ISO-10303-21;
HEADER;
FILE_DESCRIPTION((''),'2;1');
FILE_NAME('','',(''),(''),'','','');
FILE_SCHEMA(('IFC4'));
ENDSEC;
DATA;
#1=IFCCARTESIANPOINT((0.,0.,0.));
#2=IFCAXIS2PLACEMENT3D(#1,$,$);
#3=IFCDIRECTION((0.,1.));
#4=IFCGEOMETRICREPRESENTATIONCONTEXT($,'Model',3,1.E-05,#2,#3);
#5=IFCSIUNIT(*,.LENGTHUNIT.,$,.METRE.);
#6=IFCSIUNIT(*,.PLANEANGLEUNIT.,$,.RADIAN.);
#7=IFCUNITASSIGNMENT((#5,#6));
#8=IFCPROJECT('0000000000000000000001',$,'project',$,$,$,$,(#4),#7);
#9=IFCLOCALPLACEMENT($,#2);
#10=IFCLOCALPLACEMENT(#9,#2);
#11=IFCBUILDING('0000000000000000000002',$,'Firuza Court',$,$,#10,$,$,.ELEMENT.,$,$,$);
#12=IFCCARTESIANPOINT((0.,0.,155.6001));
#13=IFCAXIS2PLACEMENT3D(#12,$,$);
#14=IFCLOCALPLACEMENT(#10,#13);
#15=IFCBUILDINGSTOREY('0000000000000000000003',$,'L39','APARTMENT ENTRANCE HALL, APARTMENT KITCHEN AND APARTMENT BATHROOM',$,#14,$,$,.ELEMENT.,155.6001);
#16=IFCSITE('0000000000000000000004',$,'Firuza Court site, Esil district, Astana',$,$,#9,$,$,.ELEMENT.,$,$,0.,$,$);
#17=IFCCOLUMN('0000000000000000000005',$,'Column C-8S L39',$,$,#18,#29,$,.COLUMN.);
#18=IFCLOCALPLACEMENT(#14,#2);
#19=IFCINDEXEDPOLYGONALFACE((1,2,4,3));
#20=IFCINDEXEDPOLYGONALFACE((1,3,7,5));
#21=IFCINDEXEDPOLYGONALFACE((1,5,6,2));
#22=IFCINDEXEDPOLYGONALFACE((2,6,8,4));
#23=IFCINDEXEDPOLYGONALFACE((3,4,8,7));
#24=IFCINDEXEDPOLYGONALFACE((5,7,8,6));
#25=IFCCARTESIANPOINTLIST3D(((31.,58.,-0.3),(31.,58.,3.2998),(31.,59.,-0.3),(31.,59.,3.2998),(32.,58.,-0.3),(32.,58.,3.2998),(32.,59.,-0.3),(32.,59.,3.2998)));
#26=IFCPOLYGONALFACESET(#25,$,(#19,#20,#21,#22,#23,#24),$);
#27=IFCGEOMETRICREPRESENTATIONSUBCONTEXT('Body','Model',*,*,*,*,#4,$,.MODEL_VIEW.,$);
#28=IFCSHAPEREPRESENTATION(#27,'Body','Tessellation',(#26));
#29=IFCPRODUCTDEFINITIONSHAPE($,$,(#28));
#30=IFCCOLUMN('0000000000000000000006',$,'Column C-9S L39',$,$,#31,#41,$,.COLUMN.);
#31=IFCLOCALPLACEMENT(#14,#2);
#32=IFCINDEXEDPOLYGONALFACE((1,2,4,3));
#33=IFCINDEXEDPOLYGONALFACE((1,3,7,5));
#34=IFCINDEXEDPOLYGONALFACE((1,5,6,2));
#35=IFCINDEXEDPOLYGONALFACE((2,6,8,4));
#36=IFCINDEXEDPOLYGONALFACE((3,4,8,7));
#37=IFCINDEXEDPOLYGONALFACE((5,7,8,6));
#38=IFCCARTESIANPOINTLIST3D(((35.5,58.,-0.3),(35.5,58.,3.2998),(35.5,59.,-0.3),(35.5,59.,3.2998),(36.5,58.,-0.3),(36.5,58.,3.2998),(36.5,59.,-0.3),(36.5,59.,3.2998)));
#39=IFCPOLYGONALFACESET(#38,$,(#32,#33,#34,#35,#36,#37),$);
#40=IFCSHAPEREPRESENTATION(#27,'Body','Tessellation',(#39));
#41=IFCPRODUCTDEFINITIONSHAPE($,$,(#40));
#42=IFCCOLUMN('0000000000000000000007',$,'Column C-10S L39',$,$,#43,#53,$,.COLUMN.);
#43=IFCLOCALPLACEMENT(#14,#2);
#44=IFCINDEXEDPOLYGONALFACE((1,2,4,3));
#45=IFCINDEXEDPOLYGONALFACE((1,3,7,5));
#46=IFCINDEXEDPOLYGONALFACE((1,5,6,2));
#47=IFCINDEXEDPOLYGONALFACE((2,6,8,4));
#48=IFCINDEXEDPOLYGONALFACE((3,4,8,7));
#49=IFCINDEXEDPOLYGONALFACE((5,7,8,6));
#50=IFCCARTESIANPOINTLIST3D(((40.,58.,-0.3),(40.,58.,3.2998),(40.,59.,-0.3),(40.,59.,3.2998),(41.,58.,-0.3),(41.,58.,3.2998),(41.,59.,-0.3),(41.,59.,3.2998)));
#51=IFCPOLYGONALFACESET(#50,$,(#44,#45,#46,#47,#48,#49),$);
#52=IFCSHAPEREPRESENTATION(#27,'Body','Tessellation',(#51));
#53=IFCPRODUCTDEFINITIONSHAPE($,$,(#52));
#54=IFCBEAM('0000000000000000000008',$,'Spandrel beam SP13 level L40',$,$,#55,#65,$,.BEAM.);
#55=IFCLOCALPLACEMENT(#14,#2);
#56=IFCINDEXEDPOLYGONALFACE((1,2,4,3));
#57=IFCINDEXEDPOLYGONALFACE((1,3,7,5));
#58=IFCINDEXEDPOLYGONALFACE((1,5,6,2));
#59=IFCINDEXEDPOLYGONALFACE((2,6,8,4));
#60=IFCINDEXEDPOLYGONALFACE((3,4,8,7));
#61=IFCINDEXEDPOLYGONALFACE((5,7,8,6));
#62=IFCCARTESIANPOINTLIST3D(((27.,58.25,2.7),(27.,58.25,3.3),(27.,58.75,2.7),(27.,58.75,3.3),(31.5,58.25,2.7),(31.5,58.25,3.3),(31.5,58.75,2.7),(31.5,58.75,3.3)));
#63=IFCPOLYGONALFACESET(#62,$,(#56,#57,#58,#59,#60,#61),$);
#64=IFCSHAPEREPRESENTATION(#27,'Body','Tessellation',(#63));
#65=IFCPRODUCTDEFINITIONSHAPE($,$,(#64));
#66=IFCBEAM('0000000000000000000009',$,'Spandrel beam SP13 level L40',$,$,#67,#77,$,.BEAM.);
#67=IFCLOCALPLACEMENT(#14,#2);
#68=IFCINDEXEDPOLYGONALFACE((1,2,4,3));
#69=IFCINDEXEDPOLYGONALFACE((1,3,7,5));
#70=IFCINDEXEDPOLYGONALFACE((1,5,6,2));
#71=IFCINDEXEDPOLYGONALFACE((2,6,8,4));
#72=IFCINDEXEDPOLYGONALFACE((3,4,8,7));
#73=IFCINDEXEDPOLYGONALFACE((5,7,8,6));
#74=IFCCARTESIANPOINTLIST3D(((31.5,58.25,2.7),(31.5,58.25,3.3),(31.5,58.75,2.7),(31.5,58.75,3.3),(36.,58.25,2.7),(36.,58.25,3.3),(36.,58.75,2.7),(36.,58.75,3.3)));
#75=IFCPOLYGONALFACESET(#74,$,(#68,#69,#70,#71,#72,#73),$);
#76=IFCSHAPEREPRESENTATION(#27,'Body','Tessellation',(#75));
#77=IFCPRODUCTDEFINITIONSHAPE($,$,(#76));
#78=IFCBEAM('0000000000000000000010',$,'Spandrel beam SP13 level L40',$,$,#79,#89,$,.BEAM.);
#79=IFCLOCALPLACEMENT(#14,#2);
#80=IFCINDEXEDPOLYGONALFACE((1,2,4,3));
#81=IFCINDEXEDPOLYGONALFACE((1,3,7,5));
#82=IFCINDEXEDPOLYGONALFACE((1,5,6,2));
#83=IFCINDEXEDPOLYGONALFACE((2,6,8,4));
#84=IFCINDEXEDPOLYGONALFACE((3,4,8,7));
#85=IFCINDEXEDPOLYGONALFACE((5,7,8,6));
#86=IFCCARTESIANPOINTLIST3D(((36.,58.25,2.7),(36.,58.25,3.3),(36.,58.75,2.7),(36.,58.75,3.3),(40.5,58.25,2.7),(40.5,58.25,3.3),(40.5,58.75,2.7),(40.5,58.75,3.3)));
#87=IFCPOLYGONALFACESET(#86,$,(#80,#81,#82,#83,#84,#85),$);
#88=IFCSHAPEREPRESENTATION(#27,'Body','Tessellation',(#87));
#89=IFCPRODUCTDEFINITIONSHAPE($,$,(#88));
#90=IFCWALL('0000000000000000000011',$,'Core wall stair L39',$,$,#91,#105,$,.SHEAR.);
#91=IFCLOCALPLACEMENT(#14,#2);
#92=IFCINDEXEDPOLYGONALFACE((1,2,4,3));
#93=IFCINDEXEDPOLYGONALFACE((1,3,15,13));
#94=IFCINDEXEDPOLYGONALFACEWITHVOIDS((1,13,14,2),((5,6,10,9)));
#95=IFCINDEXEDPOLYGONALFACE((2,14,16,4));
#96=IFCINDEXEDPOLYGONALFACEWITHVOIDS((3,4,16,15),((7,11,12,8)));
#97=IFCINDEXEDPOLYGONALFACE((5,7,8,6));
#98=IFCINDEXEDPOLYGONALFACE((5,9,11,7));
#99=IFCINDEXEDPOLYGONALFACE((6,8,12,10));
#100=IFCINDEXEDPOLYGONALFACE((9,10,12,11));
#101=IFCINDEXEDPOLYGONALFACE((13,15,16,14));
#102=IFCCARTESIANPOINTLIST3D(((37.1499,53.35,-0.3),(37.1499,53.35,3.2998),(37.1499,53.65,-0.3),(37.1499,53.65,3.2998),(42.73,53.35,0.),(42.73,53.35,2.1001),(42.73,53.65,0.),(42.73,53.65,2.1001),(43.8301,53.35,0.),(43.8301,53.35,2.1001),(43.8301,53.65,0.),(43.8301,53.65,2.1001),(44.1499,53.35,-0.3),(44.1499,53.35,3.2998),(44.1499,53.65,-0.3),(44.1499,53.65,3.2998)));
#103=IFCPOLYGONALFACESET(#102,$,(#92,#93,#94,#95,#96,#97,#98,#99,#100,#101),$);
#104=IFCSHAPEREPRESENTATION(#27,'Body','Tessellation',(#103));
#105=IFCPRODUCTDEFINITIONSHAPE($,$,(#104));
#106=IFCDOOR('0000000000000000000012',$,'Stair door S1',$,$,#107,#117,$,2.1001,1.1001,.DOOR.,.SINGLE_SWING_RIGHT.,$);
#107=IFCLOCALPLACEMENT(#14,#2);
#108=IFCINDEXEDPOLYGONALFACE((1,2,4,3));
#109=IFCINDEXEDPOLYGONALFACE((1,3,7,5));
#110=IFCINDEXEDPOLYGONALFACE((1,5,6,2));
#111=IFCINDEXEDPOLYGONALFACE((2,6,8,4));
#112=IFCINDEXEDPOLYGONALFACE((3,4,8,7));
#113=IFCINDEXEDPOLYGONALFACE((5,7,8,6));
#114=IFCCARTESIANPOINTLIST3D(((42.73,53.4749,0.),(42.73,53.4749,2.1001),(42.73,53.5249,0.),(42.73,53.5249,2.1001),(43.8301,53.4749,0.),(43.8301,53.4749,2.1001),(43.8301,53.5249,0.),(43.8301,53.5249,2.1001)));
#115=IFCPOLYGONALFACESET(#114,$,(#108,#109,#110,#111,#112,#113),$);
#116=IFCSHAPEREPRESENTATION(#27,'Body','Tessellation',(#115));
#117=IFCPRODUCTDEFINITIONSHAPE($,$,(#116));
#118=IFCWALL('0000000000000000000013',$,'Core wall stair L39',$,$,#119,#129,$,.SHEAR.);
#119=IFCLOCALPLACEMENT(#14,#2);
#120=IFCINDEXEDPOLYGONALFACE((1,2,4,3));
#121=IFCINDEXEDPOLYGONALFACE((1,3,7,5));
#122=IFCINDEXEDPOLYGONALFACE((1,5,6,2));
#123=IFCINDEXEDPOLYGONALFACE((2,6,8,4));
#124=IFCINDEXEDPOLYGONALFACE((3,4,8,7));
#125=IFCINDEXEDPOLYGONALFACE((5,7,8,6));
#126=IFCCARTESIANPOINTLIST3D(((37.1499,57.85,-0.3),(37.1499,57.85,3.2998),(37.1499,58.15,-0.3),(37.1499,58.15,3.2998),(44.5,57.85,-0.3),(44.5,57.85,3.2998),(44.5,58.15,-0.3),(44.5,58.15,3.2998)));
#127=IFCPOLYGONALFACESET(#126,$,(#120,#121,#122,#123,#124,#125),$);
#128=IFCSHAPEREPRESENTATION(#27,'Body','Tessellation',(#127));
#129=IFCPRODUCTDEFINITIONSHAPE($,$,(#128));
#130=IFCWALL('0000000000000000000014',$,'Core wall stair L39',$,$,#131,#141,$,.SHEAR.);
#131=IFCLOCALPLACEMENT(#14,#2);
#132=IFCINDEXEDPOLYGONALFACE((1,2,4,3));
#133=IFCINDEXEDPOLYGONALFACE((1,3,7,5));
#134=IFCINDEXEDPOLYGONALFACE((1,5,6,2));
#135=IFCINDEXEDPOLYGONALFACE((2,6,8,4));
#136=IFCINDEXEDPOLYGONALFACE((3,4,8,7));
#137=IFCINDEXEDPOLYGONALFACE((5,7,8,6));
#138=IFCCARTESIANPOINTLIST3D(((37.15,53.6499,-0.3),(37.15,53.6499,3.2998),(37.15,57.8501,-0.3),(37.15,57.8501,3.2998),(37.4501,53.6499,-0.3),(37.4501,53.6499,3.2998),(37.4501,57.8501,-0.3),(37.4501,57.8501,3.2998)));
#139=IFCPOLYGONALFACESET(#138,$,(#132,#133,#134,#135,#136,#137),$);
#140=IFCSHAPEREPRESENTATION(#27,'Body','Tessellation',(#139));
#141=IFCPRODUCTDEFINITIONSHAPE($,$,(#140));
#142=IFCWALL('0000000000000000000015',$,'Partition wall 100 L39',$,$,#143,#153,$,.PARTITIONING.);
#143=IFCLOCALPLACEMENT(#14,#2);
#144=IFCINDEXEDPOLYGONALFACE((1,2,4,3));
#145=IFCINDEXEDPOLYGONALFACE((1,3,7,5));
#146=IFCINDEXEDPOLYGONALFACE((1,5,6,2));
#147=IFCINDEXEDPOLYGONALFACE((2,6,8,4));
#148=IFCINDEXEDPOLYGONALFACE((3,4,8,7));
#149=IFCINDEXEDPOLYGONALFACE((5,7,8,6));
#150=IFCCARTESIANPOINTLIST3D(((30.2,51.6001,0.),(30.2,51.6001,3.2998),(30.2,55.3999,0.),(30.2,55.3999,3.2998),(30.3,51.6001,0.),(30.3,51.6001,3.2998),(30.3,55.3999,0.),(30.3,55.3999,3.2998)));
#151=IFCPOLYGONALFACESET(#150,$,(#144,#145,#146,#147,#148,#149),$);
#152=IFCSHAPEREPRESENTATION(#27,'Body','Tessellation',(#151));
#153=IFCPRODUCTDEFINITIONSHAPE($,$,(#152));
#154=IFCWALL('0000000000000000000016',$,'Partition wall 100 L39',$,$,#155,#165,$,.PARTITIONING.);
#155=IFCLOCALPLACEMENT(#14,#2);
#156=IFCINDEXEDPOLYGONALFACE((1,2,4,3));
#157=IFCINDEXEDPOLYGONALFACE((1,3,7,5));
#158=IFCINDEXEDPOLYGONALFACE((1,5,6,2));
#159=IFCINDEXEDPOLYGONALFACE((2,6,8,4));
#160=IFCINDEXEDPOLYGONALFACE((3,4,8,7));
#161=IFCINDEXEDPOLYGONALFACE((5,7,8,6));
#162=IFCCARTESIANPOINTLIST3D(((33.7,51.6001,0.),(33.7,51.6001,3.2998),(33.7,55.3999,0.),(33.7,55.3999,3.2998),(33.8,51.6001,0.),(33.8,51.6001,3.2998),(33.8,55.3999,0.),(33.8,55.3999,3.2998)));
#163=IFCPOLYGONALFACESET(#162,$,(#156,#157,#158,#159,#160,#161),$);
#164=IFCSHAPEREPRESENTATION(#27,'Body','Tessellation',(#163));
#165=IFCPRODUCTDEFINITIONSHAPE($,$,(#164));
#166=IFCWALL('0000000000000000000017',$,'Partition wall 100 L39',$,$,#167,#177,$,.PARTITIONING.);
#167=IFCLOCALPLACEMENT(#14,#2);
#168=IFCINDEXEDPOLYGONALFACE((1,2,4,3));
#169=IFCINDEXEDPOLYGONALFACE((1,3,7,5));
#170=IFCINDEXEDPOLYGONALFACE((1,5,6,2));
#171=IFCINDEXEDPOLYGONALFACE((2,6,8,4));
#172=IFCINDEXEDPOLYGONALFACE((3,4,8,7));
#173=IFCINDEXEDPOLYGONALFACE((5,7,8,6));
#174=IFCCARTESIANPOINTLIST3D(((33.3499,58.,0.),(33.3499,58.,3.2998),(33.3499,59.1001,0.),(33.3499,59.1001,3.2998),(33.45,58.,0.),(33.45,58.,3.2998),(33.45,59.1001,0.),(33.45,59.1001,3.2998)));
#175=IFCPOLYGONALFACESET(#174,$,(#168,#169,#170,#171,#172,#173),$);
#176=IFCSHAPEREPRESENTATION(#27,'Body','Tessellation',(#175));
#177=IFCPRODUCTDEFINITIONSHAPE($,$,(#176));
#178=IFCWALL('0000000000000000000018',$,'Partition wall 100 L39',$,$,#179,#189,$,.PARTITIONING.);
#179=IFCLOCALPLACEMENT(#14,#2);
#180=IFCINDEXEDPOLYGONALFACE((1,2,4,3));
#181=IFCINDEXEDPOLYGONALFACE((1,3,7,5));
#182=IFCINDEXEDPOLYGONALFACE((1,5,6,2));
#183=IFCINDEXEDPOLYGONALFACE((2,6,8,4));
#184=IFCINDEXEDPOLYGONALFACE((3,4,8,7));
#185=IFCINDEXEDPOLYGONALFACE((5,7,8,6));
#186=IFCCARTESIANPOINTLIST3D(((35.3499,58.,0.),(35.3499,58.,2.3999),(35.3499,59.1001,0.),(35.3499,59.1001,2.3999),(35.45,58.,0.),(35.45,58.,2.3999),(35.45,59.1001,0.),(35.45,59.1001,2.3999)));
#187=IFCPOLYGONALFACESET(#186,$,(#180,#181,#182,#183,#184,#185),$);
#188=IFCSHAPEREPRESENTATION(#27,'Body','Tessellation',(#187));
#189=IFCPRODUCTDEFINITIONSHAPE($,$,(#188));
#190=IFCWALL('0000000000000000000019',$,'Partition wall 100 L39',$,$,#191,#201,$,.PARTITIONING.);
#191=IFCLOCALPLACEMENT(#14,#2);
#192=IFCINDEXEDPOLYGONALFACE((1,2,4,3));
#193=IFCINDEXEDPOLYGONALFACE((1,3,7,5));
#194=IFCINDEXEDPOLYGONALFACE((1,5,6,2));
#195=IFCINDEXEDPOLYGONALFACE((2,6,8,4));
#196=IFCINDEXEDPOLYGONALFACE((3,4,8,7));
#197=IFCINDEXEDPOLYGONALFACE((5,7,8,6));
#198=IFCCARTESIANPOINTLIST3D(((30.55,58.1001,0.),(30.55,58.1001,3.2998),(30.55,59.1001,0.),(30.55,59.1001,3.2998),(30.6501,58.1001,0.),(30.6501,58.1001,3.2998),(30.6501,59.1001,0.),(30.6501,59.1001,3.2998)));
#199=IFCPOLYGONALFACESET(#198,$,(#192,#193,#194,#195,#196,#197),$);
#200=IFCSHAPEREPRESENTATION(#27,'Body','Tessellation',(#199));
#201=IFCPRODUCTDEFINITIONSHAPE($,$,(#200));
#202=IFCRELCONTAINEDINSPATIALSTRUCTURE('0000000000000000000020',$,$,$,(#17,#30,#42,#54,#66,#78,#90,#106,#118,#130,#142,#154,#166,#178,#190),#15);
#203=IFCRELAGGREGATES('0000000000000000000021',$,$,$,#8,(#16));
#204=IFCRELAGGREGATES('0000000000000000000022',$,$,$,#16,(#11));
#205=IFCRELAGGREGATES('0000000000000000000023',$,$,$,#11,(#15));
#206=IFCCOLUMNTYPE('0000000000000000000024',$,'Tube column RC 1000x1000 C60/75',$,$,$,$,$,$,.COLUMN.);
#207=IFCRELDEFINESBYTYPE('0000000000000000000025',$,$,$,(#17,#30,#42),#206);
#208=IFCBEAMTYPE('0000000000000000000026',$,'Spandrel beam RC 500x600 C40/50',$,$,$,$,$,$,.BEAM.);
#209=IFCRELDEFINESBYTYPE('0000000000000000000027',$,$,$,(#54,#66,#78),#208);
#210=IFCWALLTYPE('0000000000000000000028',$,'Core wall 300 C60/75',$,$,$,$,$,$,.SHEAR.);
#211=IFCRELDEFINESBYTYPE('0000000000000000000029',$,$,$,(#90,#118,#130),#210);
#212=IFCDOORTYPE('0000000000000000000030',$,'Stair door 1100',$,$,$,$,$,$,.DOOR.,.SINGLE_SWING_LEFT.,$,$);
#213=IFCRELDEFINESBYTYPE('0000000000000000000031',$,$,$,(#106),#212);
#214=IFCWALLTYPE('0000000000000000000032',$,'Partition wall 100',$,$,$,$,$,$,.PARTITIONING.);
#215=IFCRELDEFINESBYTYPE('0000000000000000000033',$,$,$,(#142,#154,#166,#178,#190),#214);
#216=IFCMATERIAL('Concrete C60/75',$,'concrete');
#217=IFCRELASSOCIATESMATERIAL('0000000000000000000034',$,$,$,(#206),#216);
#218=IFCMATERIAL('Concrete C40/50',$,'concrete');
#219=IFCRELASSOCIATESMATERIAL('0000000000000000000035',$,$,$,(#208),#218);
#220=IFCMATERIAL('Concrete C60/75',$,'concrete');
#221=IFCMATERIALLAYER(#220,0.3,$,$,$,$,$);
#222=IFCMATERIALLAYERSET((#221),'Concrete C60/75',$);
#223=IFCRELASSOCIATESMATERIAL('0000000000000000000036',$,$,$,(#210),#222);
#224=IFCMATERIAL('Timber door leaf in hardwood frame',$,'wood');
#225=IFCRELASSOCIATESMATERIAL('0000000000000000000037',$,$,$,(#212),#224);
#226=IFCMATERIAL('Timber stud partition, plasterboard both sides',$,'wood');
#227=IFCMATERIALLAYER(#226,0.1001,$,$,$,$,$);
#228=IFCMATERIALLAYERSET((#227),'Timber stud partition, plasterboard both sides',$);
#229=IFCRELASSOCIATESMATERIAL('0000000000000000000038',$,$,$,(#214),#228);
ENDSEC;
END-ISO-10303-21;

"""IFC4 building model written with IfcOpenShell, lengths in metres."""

from ifc_helpers import new_model, si_unit, direction, frame, frame_2d, origin, origin_2d, place, context, subcontext, project, spatial, rectangle, extrude, material, layer, layer_set, material_profile, profile_set, type_object, element, fill, save


model = new_model("IFC4")

# Units and contexts
model_context = context("Model", 3, precision=1e-05, world=origin(), true_north=direction((0.0, 1.0)))
body_context = subcontext(model_context, "Body", "Model", "MODEL_VIEW")
ifc_project = project(units=[si_unit("LENGTHUNIT", "METRE"), si_unit("PLANEANGLEUNIT", "RADIAN")], contexts=[model_context])

# Site, building, storey
site_placement = place(None, origin())
site = spatial("IfcSite", under=ifc_project, at=site_placement, Name="Firuza Court site, Esil district, Astana", CompositionType="ELEMENT", RefElevation=0.0)
building_placement = place(site_placement, origin())
building = spatial("IfcBuilding", under=site, at=building_placement, Name="Firuza Court", CompositionType="ELEMENT")
storey_placement = place(building_placement, frame((0.0, 0.0, 155.6001)))
storey = spatial("IfcBuildingStorey", under=building, at=storey_placement, Name="L39", Description="APARTMENT ENTRANCE HALL, APARTMENT KITCHEN AND APARTMENT BATHROOM", CompositionType="ELEMENT", Elevation=155.6001)

# Columns
ifc_material_1 = material(Name="Concrete C60/75", Category="concrete")
ifc_material_profile_1 = material_profile(ifc_material_1, rectangle(XDim=1.0, YDim=1.0, at=origin_2d()), Name="RC 1000x1000")
ifc_profile_set_1 = profile_set([ifc_material_profile_1], Name="Concrete C60/75")
column_type = type_object("IfcColumnType", Name="Tube column RC 1000x1000 C60/75", PredefinedType="COLUMN", material=ifc_profile_set_1)
for number, where, z_axis, x_axis, name in (
    (1, (31.5, 58.5, -0.3), (0.0, 0.0, 1.0), (1.0, 0.0, 0.0), "Column C-8S L39"),
    (2, (36.0, 58.5, -0.3), (0.0, 0.0, 1.0), (1.0, 0.0, 0.0), "Column C-9S L39"),
    (3, (40.5, 58.5, -0.3), (0.0, 0.0, 1.0), (1.0, 0.0, 0.0), "Column C-10S L39"),
):
    element("IfcColumn", number, at=place(storey_placement, frame(where, z_axis=z_axis, x_axis=x_axis)), inside=storey, type_object=column_type, Name=name, PredefinedType="COLUMN", context=body_context, shape_type="SweptSolid", body=[
        extrude(rectangle(XDim=1.0, YDim=1.0, at=origin_2d()), origin(), (0.0, 0.0, 1.0), 3.5999),
    ])

# Beams
ifc_material_2 = material(Name="Concrete C40/50", Category="concrete")
ifc_material_profile_2 = material_profile(ifc_material_2, rectangle(XDim=0.5, YDim=0.6001, at=origin_2d()), Name="RC 500x600")
ifc_profile_set_2 = profile_set([ifc_material_profile_2], Name="Concrete C40/50")
beam_type = type_object("IfcBeamType", Name="Spandrel beam RC 500x600 C40/50", PredefinedType="BEAM", material=ifc_profile_set_2)
for number, where, z_axis, x_axis, name in (
    (4, (31.5, 58.5, 3.0), (-1.0, 0.0, 0.0), (0.0, -1.0, 0.0), "Spandrel beam SP13 level L40"),
    (5, (36.0, 58.5, 3.0), (-1.0, 0.0, 0.0), (0.0, -1.0, 0.0), "Spandrel beam SP13 level L40"),
    (6, (40.5, 58.5, 3.0), (-1.0, 0.0, 0.0), (0.0, -1.0, 0.0), "Spandrel beam SP13 level L40"),
):
    element("IfcBeam", number, at=place(storey_placement, frame(where, z_axis=z_axis, x_axis=x_axis)), inside=storey, type_object=beam_type, Name=name, PredefinedType="BEAM", context=body_context, shape_type="SweptSolid", body=[
        extrude(rectangle(XDim=0.5, YDim=0.6001, at=origin_2d()), origin(), (0.0, 0.0, 1.0), 4.5),
    ])

# Wall, opening, door
ifc_material_3 = material(Name="Concrete C60/75", Category="concrete")
ifc_layer_1 = layer(ifc_material_3, 0.3)
ifc_layer_set_1 = layer_set([ifc_layer_1], Name="Concrete C60/75")
wall_type_1 = type_object("IfcWallType", Name="Core wall 300 C60/75", PredefinedType="SHEAR", material=ifc_layer_set_1)
wall_1_placement = place(storey_placement, frame((37.1499, 53.5, -0.3), z_axis=(0.0, 0.0, 1.0), x_axis=(1.0, 0.0, 0.0)))
wall_1 = element("IfcWall", 7, at=wall_1_placement, inside=storey, type_object=wall_type_1, Name="Core wall stair L39", PredefinedType="SHEAR", context=body_context, shape_type="SweptSolid", body=[
    extrude(rectangle(XDim=7.0, YDim=0.3, at=frame_2d((3.5, 0.0))), origin(), (0.0, 0.0, 1.0), 3.5999),
])
opening_1_placement = place(wall_1_placement, frame((5.5801, 0.0, 0.3)))
opening_1 = element("IfcOpeningElement", 8, at=opening_1_placement, cuts=wall_1, PredefinedType="OPENING", context=body_context, shape_type="SweptSolid", body=[
    extrude(rectangle(XDim=1.1001, YDim=2.1001, at=frame_2d((0.55, 1.05))), frame((0.0, 0.1621, 0.0), z_axis=(0.0, -1.0, 0.0), x_axis=(1.0, 0.0, 0.0)), (0.0, 0.0, 1.0), 0.324),
])
ifc_material_4 = material(Name="Timber door leaf in hardwood frame", Category="wood")
door_type_1 = type_object("IfcDoorType", Name="Stair door 1100", OperationType="SINGLE_SWING_LEFT", PredefinedType="DOOR", material=ifc_material_4)
door_1_placement = place(opening_1_placement, origin())
door_1 = element("IfcDoor", 9, at=door_1_placement, inside=storey, type_object=door_type_1, Name="Stair door S1", OperationType="SINGLE_SWING_RIGHT", OverallHeight=2.1001, OverallWidth=1.1001, PredefinedType="DOOR", context=body_context, shape_type="SweptSolid", body=[
    extrude(rectangle(XDim=1.1001, YDim=2.1001, at=frame_2d((0.55, 1.05))), frame((0.0, 0.0249, 0.0), z_axis=(0.0, -1.0, 0.0), x_axis=(1.0, 0.0, 0.0)), (0.0, 0.0, 1.0), 0.05),
])
fill(opening_1, door_1)

# Walls
wall_2_placement = place(storey_placement, frame((37.1499, 58.0, -0.3), z_axis=(0.0, 0.0, 1.0), x_axis=(1.0, 0.0, 0.0)))
element("IfcWall", 10, at=wall_2_placement, inside=storey, type_object=wall_type_1, Name="Core wall stair L39", PredefinedType="SHEAR", context=body_context, shape_type="SweptSolid", body=[
    extrude(rectangle(XDim=7.3501, YDim=0.3, at=frame_2d((3.675, 0.0))), origin(), (0.0, 0.0, 1.0), 3.5999),
])
wall_3_placement = place(storey_placement, frame((37.3, 53.6499, -0.3), z_axis=(0.0, 0.0, 1.0), x_axis=(0.0, 1.0, 0.0)))
element("IfcWall", 11, at=wall_3_placement, inside=storey, type_object=wall_type_1, Name="Core wall stair L39", PredefinedType="SHEAR", context=body_context, shape_type="SweptSolid", body=[
    extrude(rectangle(XDim=4.2002, YDim=0.3, at=frame_2d((2.1001, 0.0))), origin(), (0.0, 0.0, 1.0), 3.5999),
])
ifc_material_5 = material(Name="Timber stud partition, plasterboard both sides", Category="wood")
ifc_layer_2 = layer(ifc_material_5, 0.1001)
ifc_layer_set_2 = layer_set([ifc_layer_2], Name="Timber stud partition, plasterboard both sides")
wall_type_2 = type_object("IfcWallType", Name="Partition wall 100", PredefinedType="PARTITIONING", material=ifc_layer_set_2)
for number, where, z_axis, x_axis, name in (
    (12, (30.25, 51.6001, 0.0), (0.0, 0.0, 1.0), (0.0, 1.0, 0.0), "Partition wall 100 L39"),
    (13, (33.75, 51.6001, 0.0), (0.0, 0.0, 1.0), (0.0, 1.0, 0.0), "Partition wall 100 L39"),
):
    element("IfcWall", number, at=place(storey_placement, frame(where, z_axis=z_axis, x_axis=x_axis)), inside=storey, type_object=wall_type_2, Name=name, PredefinedType="PARTITIONING", context=body_context, shape_type="SweptSolid", body=[
        extrude(rectangle(XDim=3.7998, YDim=0.1001, at=frame_2d((1.8999, 0.0))), origin(), (0.0, 0.0, 1.0), 3.2998),
    ])
wall_4_placement = place(storey_placement, frame((33.3999, 58.0, 0.0), z_axis=(0.0, 0.0, 1.0), x_axis=(0.0, 1.0, 0.0)))
element("IfcWall", 14, at=wall_4_placement, inside=storey, type_object=wall_type_2, Name="Partition wall 100 L39", PredefinedType="PARTITIONING", context=body_context, shape_type="SweptSolid", body=[
    extrude(rectangle(XDim=1.1001, YDim=0.1001, at=frame_2d((0.55, 0.0))), origin(), (0.0, 0.0, 1.0), 3.2998),
])
wall_5_placement = place(storey_placement, frame((35.3999, 58.0, 0.0), z_axis=(0.0, 0.0, 1.0), x_axis=(0.0, 1.0, 0.0)))
element("IfcWall", 15, at=wall_5_placement, inside=storey, type_object=wall_type_2, Name="Partition wall 100 L39", PredefinedType="PARTITIONING", context=body_context, shape_type="SweptSolid", body=[
    extrude(rectangle(XDim=1.1001, YDim=0.1001, at=frame_2d((0.55, 0.0))), origin(), (0.0, 0.0, 1.0), 2.3999),
])
wall_6_placement = place(storey_placement, frame((30.6001, 58.1001, 0.0), z_axis=(0.0, 0.0, 1.0), x_axis=(0.0, 1.0, 0.0)))
element("IfcWall", 16, at=wall_6_placement, inside=storey, type_object=wall_type_2, Name="Partition wall 100 L39", PredefinedType="PARTITIONING", context=body_context, shape_type="SweptSolid", body=[
    extrude(rectangle(XDim=1.0, YDim=0.1001, at=frame_2d((0.5, 0.0))), origin(), (0.0, 0.0, 1.0), 3.2998),
])

save(model, "model.ifc")
